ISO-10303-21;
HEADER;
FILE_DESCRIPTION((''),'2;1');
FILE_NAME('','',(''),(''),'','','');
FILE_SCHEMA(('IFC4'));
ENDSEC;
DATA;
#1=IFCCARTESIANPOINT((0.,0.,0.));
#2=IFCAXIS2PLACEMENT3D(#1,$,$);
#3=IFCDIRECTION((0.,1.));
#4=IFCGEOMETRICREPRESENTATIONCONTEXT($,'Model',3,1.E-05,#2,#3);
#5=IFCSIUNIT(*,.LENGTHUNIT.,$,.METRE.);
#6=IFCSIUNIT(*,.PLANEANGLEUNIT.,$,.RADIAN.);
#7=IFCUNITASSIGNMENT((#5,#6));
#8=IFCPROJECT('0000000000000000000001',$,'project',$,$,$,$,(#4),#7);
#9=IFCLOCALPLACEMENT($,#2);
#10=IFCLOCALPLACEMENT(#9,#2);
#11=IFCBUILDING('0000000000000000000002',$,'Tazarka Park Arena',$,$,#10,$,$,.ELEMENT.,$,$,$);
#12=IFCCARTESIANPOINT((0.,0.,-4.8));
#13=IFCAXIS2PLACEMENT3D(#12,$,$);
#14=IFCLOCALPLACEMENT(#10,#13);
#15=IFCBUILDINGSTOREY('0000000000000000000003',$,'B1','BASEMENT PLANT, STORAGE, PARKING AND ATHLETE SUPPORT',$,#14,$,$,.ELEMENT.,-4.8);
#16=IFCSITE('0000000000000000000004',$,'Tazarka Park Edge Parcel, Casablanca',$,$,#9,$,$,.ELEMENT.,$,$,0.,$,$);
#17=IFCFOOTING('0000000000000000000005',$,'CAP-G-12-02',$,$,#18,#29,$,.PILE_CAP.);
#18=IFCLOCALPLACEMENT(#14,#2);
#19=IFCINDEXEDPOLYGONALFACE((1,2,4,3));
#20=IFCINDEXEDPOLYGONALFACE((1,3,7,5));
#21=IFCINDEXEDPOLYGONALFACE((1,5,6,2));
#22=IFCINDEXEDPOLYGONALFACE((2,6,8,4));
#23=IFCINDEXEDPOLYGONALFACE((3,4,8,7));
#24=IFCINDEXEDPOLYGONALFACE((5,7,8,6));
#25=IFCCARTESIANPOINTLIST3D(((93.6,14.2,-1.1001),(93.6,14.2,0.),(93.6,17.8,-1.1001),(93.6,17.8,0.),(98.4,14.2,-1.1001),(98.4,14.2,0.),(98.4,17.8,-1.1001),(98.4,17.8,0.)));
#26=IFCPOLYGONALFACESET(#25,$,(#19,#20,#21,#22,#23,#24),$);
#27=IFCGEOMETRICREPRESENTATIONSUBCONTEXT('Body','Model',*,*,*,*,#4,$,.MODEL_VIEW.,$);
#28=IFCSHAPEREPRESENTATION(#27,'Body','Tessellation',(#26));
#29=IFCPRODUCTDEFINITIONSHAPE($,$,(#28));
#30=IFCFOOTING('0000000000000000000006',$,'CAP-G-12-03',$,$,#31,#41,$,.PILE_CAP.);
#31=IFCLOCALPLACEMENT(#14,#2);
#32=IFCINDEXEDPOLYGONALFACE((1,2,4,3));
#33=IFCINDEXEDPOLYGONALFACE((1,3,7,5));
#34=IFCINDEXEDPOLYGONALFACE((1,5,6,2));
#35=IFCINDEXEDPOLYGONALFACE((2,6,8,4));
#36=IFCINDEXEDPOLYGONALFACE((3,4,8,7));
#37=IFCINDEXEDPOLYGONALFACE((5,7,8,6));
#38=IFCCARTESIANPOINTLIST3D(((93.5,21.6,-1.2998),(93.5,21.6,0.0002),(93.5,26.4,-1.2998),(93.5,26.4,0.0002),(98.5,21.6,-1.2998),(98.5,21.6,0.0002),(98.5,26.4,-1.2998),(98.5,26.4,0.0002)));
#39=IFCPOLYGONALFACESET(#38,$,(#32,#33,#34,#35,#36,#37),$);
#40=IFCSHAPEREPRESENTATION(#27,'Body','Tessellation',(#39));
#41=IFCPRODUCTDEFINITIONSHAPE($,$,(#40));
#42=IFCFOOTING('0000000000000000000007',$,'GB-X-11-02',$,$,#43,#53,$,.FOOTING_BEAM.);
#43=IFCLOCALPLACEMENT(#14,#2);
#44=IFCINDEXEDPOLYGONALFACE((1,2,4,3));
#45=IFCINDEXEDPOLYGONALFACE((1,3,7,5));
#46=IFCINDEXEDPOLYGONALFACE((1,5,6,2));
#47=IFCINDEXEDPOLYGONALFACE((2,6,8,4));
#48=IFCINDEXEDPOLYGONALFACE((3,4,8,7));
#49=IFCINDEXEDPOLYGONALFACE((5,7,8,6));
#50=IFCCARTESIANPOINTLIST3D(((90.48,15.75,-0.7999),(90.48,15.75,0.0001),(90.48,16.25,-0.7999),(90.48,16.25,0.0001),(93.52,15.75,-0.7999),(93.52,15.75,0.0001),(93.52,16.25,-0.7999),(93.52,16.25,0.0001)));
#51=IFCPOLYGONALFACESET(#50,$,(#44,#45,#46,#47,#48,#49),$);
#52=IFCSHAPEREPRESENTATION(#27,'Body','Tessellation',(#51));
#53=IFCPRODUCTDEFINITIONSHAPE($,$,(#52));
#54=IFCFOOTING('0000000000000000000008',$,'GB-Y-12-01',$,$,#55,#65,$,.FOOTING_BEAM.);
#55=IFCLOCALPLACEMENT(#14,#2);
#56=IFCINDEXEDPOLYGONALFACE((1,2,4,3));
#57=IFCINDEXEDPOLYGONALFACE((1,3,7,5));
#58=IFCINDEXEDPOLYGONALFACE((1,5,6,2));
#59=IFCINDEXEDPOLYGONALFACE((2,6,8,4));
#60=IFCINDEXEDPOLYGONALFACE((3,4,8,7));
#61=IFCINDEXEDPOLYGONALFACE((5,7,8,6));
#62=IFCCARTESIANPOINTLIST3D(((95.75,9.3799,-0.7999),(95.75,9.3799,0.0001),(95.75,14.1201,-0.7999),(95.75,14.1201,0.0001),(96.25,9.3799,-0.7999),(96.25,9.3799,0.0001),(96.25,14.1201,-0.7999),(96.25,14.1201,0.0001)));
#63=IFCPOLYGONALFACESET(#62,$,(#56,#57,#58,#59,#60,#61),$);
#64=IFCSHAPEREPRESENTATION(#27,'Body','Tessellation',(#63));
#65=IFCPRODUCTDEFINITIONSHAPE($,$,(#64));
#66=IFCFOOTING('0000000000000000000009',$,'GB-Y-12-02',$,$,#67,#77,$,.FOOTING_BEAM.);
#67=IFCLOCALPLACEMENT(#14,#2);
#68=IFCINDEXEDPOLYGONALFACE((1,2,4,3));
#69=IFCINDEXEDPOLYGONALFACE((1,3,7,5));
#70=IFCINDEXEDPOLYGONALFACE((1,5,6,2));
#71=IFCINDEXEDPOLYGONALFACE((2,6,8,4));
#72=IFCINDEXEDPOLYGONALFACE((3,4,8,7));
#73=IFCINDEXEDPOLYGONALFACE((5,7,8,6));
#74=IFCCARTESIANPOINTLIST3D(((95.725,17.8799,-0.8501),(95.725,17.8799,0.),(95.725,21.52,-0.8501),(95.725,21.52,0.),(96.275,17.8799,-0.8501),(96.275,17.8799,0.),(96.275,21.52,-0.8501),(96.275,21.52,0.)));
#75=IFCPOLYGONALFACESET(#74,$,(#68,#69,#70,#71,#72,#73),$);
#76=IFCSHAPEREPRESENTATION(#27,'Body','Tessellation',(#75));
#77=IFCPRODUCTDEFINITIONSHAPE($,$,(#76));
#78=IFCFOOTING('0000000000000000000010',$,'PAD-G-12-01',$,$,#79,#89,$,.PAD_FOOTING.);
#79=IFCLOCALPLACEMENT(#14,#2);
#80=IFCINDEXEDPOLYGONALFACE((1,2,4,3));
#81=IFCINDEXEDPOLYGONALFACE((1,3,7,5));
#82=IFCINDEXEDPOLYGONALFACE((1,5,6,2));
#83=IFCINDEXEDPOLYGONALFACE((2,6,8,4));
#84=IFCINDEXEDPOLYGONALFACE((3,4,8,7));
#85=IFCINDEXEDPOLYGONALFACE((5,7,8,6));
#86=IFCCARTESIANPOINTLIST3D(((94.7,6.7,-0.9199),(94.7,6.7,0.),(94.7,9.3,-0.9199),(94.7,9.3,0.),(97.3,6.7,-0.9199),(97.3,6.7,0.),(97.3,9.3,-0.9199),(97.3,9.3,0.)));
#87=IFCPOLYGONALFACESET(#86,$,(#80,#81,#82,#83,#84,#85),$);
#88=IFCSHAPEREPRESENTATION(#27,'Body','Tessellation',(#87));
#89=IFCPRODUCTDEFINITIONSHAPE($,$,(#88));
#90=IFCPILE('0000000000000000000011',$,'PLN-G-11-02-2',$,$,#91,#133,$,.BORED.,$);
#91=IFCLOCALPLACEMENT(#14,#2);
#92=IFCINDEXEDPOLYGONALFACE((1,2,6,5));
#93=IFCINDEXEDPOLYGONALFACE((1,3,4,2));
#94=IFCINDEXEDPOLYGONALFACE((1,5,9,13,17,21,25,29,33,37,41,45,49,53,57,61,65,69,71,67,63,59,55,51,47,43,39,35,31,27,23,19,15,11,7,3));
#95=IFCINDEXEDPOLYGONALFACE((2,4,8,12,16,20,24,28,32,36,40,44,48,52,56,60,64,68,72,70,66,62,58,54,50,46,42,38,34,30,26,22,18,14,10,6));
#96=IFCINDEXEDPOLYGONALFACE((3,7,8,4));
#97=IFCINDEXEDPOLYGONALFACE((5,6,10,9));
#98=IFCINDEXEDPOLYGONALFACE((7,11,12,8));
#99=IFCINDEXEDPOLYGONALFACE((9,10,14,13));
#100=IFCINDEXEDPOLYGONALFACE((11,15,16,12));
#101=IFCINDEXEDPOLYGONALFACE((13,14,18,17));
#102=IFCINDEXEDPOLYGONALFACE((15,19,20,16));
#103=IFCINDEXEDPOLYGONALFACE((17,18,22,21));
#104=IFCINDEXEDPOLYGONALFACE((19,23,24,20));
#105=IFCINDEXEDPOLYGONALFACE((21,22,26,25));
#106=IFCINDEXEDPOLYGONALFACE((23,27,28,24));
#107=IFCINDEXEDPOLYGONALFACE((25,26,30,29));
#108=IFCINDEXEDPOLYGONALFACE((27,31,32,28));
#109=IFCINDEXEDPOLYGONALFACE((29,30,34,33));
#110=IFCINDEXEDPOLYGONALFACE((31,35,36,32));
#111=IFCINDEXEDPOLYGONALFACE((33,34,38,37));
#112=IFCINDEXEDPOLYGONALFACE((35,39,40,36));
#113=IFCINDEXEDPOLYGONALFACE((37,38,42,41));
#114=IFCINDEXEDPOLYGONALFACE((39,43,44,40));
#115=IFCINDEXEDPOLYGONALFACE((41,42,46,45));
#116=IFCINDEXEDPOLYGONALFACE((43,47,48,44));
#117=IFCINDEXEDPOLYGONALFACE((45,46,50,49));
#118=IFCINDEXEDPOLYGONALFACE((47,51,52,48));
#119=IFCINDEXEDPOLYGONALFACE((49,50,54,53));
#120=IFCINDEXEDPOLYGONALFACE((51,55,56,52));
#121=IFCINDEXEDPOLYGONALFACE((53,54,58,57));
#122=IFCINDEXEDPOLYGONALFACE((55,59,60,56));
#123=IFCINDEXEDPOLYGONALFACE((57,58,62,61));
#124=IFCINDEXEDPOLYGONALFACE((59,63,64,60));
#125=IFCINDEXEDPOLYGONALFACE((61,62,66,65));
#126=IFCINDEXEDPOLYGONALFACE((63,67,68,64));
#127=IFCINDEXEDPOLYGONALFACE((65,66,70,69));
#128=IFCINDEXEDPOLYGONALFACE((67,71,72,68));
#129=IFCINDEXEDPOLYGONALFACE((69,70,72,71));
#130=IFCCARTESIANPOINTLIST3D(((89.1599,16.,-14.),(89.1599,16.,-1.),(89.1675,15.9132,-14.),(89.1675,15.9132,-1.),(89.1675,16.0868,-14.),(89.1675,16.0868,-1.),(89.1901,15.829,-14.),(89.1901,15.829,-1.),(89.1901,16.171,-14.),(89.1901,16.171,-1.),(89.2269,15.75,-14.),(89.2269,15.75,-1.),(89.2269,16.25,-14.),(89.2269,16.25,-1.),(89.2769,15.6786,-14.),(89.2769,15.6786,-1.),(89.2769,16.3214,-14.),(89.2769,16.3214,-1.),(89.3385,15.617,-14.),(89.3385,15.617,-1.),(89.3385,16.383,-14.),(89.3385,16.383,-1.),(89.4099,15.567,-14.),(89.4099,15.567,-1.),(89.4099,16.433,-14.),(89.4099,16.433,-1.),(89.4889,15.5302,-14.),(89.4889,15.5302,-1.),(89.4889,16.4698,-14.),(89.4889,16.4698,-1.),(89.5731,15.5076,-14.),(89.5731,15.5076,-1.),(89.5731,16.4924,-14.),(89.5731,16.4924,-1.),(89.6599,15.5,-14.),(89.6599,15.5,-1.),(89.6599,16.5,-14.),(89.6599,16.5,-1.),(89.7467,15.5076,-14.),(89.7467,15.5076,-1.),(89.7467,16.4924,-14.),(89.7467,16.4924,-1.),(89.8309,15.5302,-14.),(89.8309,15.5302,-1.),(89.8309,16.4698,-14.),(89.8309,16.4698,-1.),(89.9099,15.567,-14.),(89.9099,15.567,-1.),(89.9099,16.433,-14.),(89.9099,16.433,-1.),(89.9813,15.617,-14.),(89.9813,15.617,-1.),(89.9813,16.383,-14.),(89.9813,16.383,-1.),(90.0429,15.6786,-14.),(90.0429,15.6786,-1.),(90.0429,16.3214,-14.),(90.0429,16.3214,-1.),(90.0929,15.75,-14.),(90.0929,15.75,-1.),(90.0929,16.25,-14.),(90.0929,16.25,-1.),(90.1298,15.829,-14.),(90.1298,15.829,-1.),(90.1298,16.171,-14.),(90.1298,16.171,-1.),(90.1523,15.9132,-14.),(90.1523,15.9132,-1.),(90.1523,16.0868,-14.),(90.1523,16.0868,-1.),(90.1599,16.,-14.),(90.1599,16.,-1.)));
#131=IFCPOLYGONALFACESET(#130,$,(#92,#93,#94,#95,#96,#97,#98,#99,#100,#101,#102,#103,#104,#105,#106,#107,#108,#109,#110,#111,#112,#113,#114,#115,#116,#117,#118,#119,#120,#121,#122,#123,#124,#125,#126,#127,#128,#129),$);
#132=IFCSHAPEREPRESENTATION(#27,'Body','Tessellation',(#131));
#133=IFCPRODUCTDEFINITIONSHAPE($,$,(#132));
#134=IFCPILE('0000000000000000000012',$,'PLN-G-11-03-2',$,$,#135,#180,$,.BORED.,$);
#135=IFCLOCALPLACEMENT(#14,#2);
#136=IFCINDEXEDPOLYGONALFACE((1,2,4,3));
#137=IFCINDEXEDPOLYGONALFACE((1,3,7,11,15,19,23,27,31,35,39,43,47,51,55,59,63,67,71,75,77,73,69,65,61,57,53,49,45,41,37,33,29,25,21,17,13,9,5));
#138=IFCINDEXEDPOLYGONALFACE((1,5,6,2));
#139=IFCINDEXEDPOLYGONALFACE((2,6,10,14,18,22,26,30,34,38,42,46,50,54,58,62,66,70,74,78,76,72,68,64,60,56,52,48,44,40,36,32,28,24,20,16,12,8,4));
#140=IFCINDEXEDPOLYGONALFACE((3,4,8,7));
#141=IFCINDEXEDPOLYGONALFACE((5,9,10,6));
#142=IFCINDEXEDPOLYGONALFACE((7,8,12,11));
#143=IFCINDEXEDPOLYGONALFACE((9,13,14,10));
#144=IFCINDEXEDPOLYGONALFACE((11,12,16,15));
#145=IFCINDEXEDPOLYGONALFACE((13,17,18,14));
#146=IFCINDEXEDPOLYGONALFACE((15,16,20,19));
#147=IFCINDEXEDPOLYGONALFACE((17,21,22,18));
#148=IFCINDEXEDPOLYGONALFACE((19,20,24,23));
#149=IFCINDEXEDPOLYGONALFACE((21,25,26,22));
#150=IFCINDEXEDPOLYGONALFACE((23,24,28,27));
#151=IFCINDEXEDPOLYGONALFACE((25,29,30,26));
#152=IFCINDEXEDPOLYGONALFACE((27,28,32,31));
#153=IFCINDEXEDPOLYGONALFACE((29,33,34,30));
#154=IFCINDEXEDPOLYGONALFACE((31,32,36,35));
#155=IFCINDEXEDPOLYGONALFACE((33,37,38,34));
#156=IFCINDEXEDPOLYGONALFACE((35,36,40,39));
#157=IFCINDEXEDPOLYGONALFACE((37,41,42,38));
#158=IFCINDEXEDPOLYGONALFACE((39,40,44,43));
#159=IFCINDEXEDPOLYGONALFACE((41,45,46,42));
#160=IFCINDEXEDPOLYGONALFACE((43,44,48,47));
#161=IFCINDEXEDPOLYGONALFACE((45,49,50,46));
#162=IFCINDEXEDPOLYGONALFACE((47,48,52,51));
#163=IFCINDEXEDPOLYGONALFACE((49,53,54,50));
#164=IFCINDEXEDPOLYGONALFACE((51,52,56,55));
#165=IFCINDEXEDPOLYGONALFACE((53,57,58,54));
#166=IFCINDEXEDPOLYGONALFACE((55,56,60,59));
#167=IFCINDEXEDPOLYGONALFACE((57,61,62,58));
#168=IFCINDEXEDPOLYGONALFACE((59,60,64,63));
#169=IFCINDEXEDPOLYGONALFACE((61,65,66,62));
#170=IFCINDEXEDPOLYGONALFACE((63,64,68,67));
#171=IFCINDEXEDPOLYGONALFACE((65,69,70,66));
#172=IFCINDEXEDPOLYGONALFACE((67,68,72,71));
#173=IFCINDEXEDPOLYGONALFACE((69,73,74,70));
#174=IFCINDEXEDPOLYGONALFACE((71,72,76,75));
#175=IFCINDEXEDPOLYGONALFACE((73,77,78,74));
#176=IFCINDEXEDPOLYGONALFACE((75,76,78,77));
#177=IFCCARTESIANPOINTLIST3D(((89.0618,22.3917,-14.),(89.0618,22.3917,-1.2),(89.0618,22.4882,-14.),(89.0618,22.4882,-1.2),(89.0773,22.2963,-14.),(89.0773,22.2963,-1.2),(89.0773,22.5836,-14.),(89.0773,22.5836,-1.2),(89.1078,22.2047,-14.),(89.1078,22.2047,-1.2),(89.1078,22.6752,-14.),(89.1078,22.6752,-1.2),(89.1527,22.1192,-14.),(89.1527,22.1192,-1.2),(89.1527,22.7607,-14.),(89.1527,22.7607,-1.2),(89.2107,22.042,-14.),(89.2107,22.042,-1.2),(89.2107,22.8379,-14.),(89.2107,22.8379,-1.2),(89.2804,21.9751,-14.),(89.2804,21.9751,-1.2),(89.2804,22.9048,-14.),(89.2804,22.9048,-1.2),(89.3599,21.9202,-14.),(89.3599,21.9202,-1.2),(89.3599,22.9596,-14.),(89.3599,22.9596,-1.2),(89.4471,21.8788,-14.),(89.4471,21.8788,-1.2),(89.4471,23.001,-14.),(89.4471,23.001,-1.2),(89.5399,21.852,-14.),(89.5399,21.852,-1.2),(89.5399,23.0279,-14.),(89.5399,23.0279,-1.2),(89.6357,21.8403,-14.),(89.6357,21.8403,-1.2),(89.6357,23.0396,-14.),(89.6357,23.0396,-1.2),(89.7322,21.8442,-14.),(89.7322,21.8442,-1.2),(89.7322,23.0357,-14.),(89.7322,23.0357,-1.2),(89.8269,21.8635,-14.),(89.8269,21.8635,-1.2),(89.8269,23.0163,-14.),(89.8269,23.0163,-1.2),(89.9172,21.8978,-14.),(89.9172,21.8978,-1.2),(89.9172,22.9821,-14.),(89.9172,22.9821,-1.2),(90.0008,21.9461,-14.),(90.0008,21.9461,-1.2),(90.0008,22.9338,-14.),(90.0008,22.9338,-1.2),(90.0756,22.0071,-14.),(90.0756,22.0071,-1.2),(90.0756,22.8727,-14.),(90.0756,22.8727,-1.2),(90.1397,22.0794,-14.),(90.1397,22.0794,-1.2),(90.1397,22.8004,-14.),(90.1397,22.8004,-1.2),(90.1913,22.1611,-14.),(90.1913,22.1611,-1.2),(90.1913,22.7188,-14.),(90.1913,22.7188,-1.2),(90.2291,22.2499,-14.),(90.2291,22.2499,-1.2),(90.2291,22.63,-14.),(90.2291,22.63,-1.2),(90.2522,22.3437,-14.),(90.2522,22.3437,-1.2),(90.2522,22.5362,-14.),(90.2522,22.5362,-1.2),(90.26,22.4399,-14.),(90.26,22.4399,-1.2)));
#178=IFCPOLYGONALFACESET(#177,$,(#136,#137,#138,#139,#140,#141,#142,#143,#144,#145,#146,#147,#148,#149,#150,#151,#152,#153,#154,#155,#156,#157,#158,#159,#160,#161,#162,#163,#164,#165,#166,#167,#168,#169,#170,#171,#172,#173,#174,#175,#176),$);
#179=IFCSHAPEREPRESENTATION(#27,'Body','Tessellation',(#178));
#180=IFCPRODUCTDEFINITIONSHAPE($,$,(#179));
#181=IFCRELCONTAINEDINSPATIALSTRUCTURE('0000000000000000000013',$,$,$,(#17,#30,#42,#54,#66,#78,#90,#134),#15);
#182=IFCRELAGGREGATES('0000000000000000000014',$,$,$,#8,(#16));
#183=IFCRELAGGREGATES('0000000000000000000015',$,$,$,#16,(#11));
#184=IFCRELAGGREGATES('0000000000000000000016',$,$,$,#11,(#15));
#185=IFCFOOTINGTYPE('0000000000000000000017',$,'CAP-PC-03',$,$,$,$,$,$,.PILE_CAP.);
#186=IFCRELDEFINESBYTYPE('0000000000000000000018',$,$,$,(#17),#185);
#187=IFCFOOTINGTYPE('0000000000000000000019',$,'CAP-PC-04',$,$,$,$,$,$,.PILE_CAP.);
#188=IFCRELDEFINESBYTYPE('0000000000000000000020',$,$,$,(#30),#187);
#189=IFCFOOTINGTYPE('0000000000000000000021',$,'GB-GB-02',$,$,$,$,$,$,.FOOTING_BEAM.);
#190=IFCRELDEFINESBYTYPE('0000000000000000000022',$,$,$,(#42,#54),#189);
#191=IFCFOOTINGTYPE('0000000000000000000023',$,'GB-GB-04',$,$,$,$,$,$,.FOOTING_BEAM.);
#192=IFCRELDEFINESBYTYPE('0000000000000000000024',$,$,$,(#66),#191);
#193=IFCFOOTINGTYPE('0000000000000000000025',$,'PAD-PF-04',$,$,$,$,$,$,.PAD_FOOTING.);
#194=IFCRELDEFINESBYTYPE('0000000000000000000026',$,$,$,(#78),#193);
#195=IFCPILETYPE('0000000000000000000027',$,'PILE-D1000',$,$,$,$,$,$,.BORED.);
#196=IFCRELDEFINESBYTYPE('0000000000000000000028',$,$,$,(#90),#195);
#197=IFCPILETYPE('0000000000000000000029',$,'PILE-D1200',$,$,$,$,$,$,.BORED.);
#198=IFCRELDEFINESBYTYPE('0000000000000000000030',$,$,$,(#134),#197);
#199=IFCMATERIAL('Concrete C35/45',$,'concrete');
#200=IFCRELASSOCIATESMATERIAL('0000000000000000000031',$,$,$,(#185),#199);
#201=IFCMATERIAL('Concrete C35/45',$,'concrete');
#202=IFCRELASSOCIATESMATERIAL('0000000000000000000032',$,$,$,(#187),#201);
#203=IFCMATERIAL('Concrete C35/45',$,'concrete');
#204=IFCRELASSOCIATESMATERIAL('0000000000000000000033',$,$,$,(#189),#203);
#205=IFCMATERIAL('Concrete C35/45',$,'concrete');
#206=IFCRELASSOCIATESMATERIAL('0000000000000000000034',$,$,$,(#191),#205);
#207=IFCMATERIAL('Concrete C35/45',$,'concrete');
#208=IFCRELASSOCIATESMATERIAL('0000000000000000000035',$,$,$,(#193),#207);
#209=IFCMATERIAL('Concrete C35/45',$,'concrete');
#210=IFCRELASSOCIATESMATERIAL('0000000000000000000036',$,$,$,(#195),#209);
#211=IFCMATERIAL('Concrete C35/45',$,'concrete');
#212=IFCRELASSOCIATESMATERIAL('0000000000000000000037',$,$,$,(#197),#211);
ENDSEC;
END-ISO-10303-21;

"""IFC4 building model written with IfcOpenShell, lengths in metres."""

from ifc_helpers import new_model, si_unit, direction, frame, origin, origin_2d, place, context, subcontext, project, spatial, rectangle, circle, extrude, material, material_profile, profile_set, type_object, element, save


model = new_model("IFC4")

# Units and contexts
model_context = context("Model", 3, precision=1e-05, world=origin(), true_north=direction((0.0, 1.0)))
body_context = subcontext(model_context, "Body", "Model", "MODEL_VIEW")
ifc_project = project(units=[si_unit("LENGTHUNIT", "METRE"), si_unit("PLANEANGLEUNIT", "RADIAN")], contexts=[model_context])

# Site, building, storey
site_placement = place(None, origin())
site = spatial("IfcSite", under=ifc_project, at=site_placement, Name="Tazarka Park Edge Parcel, Casablanca", CompositionType="ELEMENT", RefElevation=0.0)
building_placement = place(site_placement, origin())
building = spatial("IfcBuilding", under=site, at=building_placement, Name="Tazarka Park Arena", CompositionType="ELEMENT")
storey_placement = place(building_placement, frame((0.0, 0.0, -4.8)))
storey = spatial("IfcBuildingStorey", under=building, at=storey_placement, Name="B1", Description="BASEMENT PLANT, STORAGE, PARKING AND ATHLETE SUPPORT", CompositionType="ELEMENT", Elevation=-4.8)

# Footings
ifc_material_1 = material(Name="Concrete C35/45", Category="concrete")
footing_type_1 = type_object("IfcFootingType", Name="CAP-PC-03", PredefinedType="PILE_CAP", material=ifc_material_1)
footing_1_placement = place(storey_placement, frame((96.0, 16.0, -1.1001), z_axis=(0.0, 0.0, 1.0), x_axis=(1.0, 0.0, 0.0)))
element("IfcFooting", 1, at=footing_1_placement, inside=storey, type_object=footing_type_1, Name="CAP-G-12-02", PredefinedType="PILE_CAP", context=body_context, shape_type="SweptSolid", body=[
    extrude(rectangle(XDim=4.8, YDim=3.6001, at=origin_2d()), origin(), (0.0, 0.0, 1.0), 1.1001),
])
ifc_material_2 = material(Name="Concrete C35/45", Category="concrete")
footing_type_2 = type_object("IfcFootingType", Name="CAP-PC-04", PredefinedType="PILE_CAP", material=ifc_material_2)
footing_2_placement = place(storey_placement, frame((96.0, 24.0, -1.2998), z_axis=(0.0, 0.0, 1.0), x_axis=(1.0, 0.0, 0.0)))
element("IfcFooting", 2, at=footing_2_placement, inside=storey, type_object=footing_type_2, Name="CAP-G-12-03", PredefinedType="PILE_CAP", context=body_context, shape_type="SweptSolid", body=[
    extrude(rectangle(XDim=5.0, YDim=4.8, at=origin_2d()), origin(), (0.0, 0.0, 1.0), 1.3),
])
ifc_material_3 = material(Name="Concrete C35/45", Category="concrete")
ifc_material_profile_1 = material_profile(ifc_material_3, rectangle(XDim=0.5, YDim=0.8, at=origin_2d()), Name="Concrete C35/45")
ifc_profile_set_1 = profile_set([ifc_material_profile_1], Name="Concrete C35/45")
footing_type_3 = type_object("IfcFootingType", Name="GB-GB-02", PredefinedType="FOOTING_BEAM", material=ifc_profile_set_1)
footing_3_placement = place(storey_placement, frame((90.48, 16.0, -0.3999), z_axis=(1.0, 0.0, 0.0), x_axis=(0.0, 1.0, 0.0)))
element("IfcFooting", 3, at=footing_3_placement, inside=storey, type_object=footing_type_3, Name="GB-X-11-02", PredefinedType="FOOTING_BEAM", context=body_context, shape_type="SweptSolid", body=[
    extrude(rectangle(XDim=0.5, YDim=0.8, at=origin_2d()), origin(), (0.0, 0.0, 1.0), 3.04),
])
footing_4_placement = place(storey_placement, frame((96.0, 9.3799, -0.3999), z_axis=(0.0, 1.0, 0.0), x_axis=(-1.0, 0.0, 0.0)))
element("IfcFooting", 4, at=footing_4_placement, inside=storey, type_object=footing_type_3, Name="GB-Y-12-01", PredefinedType="FOOTING_BEAM", context=body_context, shape_type="SweptSolid", body=[
    extrude(rectangle(XDim=0.5, YDim=0.8, at=origin_2d()), origin(), (0.0, 0.0, 1.0), 4.7402),
])
ifc_material_4 = material(Name="Concrete C35/45", Category="concrete")
ifc_material_profile_2 = material_profile(ifc_material_4, rectangle(XDim=0.55, YDim=0.8501, at=origin_2d()), Name="Concrete C35/45")
ifc_profile_set_2 = profile_set([ifc_material_profile_2], Name="Concrete C35/45")
footing_type_4 = type_object("IfcFootingType", Name="GB-GB-04", PredefinedType="FOOTING_BEAM", material=ifc_profile_set_2)
footing_5_placement = place(storey_placement, frame((96.0, 17.8799, -0.425), z_axis=(0.0, 1.0, 0.0), x_axis=(-1.0, 0.0, 0.0)))
element("IfcFooting", 5, at=footing_5_placement, inside=storey, type_object=footing_type_4, Name="GB-Y-12-02", PredefinedType="FOOTING_BEAM", context=body_context, shape_type="SweptSolid", body=[
    extrude(rectangle(XDim=0.55, YDim=0.8501, at=origin_2d()), origin(), (0.0, 0.0, 1.0), 3.6401),
])
ifc_material_5 = material(Name="Concrete C35/45", Category="concrete")
footing_type_5 = type_object("IfcFootingType", Name="PAD-PF-04", PredefinedType="PAD_FOOTING", material=ifc_material_5)
footing_6_placement = place(storey_placement, frame((96.0, 8.0, -0.9199), z_axis=(0.0, 0.0, 1.0), x_axis=(1.0, 0.0, 0.0)))
element("IfcFooting", 6, at=footing_6_placement, inside=storey, type_object=footing_type_5, Name="PAD-G-12-01", PredefinedType="PAD_FOOTING", context=body_context, shape_type="SweptSolid", body=[
    extrude(rectangle(XDim=2.6001, YDim=2.6001, at=origin_2d()), origin(), (0.0, 0.0, 1.0), 0.9199),
])

# Piles
ifc_material_6 = material(Name="Concrete C35/45", Category="concrete")
ifc_material_profile_3 = material_profile(ifc_material_6, circle(Radius=0.5, at=origin_2d()), Name="Concrete C35/45")
ifc_profile_set_3 = profile_set([ifc_material_profile_3], Name="Concrete C35/45")
pile_type_1 = type_object("IfcPileType", Name="PILE-D1000", PredefinedType="BORED", material=ifc_profile_set_3)
pile_1_placement = place(storey_placement, frame((89.6599, 16.0, -1.0), z_axis=(0.0, 0.0, -1.0), x_axis=(1.0, 0.0, 0.0)))
element("IfcPile", 7, at=pile_1_placement, inside=storey, type_object=pile_type_1, Name="PLN-G-11-02-2", PredefinedType="BORED", context=body_context, shape_type="SweptSolid", body=[
    extrude(circle(Radius=0.5, at=origin_2d()), origin(), (0.0, 0.0, 1.0), 13.0),
])
ifc_material_7 = material(Name="Concrete C35/45", Category="concrete")
ifc_material_profile_4 = material_profile(ifc_material_7, circle(Radius=0.6001, at=origin_2d()), Name="Concrete C35/45")
ifc_profile_set_4 = profile_set([ifc_material_profile_4], Name="Concrete C35/45")
pile_type_2 = type_object("IfcPileType", Name="PILE-D1200", PredefinedType="BORED", material=ifc_profile_set_4)
pile_2_placement = place(storey_placement, frame((89.6599, 22.4399, -1.2), z_axis=(0.0, 0.0, -1.0), x_axis=(1.0, 0.0, 0.0)))
element("IfcPile", 8, at=pile_2_placement, inside=storey, type_object=pile_type_2, Name="PLN-G-11-03-2", PredefinedType="BORED", context=body_context, shape_type="SweptSolid", body=[
    extrude(circle(Radius=0.6001, at=origin_2d()), origin(), (0.0, 0.0, 1.0), 12.8),
])

save(model, "model.ifc")
